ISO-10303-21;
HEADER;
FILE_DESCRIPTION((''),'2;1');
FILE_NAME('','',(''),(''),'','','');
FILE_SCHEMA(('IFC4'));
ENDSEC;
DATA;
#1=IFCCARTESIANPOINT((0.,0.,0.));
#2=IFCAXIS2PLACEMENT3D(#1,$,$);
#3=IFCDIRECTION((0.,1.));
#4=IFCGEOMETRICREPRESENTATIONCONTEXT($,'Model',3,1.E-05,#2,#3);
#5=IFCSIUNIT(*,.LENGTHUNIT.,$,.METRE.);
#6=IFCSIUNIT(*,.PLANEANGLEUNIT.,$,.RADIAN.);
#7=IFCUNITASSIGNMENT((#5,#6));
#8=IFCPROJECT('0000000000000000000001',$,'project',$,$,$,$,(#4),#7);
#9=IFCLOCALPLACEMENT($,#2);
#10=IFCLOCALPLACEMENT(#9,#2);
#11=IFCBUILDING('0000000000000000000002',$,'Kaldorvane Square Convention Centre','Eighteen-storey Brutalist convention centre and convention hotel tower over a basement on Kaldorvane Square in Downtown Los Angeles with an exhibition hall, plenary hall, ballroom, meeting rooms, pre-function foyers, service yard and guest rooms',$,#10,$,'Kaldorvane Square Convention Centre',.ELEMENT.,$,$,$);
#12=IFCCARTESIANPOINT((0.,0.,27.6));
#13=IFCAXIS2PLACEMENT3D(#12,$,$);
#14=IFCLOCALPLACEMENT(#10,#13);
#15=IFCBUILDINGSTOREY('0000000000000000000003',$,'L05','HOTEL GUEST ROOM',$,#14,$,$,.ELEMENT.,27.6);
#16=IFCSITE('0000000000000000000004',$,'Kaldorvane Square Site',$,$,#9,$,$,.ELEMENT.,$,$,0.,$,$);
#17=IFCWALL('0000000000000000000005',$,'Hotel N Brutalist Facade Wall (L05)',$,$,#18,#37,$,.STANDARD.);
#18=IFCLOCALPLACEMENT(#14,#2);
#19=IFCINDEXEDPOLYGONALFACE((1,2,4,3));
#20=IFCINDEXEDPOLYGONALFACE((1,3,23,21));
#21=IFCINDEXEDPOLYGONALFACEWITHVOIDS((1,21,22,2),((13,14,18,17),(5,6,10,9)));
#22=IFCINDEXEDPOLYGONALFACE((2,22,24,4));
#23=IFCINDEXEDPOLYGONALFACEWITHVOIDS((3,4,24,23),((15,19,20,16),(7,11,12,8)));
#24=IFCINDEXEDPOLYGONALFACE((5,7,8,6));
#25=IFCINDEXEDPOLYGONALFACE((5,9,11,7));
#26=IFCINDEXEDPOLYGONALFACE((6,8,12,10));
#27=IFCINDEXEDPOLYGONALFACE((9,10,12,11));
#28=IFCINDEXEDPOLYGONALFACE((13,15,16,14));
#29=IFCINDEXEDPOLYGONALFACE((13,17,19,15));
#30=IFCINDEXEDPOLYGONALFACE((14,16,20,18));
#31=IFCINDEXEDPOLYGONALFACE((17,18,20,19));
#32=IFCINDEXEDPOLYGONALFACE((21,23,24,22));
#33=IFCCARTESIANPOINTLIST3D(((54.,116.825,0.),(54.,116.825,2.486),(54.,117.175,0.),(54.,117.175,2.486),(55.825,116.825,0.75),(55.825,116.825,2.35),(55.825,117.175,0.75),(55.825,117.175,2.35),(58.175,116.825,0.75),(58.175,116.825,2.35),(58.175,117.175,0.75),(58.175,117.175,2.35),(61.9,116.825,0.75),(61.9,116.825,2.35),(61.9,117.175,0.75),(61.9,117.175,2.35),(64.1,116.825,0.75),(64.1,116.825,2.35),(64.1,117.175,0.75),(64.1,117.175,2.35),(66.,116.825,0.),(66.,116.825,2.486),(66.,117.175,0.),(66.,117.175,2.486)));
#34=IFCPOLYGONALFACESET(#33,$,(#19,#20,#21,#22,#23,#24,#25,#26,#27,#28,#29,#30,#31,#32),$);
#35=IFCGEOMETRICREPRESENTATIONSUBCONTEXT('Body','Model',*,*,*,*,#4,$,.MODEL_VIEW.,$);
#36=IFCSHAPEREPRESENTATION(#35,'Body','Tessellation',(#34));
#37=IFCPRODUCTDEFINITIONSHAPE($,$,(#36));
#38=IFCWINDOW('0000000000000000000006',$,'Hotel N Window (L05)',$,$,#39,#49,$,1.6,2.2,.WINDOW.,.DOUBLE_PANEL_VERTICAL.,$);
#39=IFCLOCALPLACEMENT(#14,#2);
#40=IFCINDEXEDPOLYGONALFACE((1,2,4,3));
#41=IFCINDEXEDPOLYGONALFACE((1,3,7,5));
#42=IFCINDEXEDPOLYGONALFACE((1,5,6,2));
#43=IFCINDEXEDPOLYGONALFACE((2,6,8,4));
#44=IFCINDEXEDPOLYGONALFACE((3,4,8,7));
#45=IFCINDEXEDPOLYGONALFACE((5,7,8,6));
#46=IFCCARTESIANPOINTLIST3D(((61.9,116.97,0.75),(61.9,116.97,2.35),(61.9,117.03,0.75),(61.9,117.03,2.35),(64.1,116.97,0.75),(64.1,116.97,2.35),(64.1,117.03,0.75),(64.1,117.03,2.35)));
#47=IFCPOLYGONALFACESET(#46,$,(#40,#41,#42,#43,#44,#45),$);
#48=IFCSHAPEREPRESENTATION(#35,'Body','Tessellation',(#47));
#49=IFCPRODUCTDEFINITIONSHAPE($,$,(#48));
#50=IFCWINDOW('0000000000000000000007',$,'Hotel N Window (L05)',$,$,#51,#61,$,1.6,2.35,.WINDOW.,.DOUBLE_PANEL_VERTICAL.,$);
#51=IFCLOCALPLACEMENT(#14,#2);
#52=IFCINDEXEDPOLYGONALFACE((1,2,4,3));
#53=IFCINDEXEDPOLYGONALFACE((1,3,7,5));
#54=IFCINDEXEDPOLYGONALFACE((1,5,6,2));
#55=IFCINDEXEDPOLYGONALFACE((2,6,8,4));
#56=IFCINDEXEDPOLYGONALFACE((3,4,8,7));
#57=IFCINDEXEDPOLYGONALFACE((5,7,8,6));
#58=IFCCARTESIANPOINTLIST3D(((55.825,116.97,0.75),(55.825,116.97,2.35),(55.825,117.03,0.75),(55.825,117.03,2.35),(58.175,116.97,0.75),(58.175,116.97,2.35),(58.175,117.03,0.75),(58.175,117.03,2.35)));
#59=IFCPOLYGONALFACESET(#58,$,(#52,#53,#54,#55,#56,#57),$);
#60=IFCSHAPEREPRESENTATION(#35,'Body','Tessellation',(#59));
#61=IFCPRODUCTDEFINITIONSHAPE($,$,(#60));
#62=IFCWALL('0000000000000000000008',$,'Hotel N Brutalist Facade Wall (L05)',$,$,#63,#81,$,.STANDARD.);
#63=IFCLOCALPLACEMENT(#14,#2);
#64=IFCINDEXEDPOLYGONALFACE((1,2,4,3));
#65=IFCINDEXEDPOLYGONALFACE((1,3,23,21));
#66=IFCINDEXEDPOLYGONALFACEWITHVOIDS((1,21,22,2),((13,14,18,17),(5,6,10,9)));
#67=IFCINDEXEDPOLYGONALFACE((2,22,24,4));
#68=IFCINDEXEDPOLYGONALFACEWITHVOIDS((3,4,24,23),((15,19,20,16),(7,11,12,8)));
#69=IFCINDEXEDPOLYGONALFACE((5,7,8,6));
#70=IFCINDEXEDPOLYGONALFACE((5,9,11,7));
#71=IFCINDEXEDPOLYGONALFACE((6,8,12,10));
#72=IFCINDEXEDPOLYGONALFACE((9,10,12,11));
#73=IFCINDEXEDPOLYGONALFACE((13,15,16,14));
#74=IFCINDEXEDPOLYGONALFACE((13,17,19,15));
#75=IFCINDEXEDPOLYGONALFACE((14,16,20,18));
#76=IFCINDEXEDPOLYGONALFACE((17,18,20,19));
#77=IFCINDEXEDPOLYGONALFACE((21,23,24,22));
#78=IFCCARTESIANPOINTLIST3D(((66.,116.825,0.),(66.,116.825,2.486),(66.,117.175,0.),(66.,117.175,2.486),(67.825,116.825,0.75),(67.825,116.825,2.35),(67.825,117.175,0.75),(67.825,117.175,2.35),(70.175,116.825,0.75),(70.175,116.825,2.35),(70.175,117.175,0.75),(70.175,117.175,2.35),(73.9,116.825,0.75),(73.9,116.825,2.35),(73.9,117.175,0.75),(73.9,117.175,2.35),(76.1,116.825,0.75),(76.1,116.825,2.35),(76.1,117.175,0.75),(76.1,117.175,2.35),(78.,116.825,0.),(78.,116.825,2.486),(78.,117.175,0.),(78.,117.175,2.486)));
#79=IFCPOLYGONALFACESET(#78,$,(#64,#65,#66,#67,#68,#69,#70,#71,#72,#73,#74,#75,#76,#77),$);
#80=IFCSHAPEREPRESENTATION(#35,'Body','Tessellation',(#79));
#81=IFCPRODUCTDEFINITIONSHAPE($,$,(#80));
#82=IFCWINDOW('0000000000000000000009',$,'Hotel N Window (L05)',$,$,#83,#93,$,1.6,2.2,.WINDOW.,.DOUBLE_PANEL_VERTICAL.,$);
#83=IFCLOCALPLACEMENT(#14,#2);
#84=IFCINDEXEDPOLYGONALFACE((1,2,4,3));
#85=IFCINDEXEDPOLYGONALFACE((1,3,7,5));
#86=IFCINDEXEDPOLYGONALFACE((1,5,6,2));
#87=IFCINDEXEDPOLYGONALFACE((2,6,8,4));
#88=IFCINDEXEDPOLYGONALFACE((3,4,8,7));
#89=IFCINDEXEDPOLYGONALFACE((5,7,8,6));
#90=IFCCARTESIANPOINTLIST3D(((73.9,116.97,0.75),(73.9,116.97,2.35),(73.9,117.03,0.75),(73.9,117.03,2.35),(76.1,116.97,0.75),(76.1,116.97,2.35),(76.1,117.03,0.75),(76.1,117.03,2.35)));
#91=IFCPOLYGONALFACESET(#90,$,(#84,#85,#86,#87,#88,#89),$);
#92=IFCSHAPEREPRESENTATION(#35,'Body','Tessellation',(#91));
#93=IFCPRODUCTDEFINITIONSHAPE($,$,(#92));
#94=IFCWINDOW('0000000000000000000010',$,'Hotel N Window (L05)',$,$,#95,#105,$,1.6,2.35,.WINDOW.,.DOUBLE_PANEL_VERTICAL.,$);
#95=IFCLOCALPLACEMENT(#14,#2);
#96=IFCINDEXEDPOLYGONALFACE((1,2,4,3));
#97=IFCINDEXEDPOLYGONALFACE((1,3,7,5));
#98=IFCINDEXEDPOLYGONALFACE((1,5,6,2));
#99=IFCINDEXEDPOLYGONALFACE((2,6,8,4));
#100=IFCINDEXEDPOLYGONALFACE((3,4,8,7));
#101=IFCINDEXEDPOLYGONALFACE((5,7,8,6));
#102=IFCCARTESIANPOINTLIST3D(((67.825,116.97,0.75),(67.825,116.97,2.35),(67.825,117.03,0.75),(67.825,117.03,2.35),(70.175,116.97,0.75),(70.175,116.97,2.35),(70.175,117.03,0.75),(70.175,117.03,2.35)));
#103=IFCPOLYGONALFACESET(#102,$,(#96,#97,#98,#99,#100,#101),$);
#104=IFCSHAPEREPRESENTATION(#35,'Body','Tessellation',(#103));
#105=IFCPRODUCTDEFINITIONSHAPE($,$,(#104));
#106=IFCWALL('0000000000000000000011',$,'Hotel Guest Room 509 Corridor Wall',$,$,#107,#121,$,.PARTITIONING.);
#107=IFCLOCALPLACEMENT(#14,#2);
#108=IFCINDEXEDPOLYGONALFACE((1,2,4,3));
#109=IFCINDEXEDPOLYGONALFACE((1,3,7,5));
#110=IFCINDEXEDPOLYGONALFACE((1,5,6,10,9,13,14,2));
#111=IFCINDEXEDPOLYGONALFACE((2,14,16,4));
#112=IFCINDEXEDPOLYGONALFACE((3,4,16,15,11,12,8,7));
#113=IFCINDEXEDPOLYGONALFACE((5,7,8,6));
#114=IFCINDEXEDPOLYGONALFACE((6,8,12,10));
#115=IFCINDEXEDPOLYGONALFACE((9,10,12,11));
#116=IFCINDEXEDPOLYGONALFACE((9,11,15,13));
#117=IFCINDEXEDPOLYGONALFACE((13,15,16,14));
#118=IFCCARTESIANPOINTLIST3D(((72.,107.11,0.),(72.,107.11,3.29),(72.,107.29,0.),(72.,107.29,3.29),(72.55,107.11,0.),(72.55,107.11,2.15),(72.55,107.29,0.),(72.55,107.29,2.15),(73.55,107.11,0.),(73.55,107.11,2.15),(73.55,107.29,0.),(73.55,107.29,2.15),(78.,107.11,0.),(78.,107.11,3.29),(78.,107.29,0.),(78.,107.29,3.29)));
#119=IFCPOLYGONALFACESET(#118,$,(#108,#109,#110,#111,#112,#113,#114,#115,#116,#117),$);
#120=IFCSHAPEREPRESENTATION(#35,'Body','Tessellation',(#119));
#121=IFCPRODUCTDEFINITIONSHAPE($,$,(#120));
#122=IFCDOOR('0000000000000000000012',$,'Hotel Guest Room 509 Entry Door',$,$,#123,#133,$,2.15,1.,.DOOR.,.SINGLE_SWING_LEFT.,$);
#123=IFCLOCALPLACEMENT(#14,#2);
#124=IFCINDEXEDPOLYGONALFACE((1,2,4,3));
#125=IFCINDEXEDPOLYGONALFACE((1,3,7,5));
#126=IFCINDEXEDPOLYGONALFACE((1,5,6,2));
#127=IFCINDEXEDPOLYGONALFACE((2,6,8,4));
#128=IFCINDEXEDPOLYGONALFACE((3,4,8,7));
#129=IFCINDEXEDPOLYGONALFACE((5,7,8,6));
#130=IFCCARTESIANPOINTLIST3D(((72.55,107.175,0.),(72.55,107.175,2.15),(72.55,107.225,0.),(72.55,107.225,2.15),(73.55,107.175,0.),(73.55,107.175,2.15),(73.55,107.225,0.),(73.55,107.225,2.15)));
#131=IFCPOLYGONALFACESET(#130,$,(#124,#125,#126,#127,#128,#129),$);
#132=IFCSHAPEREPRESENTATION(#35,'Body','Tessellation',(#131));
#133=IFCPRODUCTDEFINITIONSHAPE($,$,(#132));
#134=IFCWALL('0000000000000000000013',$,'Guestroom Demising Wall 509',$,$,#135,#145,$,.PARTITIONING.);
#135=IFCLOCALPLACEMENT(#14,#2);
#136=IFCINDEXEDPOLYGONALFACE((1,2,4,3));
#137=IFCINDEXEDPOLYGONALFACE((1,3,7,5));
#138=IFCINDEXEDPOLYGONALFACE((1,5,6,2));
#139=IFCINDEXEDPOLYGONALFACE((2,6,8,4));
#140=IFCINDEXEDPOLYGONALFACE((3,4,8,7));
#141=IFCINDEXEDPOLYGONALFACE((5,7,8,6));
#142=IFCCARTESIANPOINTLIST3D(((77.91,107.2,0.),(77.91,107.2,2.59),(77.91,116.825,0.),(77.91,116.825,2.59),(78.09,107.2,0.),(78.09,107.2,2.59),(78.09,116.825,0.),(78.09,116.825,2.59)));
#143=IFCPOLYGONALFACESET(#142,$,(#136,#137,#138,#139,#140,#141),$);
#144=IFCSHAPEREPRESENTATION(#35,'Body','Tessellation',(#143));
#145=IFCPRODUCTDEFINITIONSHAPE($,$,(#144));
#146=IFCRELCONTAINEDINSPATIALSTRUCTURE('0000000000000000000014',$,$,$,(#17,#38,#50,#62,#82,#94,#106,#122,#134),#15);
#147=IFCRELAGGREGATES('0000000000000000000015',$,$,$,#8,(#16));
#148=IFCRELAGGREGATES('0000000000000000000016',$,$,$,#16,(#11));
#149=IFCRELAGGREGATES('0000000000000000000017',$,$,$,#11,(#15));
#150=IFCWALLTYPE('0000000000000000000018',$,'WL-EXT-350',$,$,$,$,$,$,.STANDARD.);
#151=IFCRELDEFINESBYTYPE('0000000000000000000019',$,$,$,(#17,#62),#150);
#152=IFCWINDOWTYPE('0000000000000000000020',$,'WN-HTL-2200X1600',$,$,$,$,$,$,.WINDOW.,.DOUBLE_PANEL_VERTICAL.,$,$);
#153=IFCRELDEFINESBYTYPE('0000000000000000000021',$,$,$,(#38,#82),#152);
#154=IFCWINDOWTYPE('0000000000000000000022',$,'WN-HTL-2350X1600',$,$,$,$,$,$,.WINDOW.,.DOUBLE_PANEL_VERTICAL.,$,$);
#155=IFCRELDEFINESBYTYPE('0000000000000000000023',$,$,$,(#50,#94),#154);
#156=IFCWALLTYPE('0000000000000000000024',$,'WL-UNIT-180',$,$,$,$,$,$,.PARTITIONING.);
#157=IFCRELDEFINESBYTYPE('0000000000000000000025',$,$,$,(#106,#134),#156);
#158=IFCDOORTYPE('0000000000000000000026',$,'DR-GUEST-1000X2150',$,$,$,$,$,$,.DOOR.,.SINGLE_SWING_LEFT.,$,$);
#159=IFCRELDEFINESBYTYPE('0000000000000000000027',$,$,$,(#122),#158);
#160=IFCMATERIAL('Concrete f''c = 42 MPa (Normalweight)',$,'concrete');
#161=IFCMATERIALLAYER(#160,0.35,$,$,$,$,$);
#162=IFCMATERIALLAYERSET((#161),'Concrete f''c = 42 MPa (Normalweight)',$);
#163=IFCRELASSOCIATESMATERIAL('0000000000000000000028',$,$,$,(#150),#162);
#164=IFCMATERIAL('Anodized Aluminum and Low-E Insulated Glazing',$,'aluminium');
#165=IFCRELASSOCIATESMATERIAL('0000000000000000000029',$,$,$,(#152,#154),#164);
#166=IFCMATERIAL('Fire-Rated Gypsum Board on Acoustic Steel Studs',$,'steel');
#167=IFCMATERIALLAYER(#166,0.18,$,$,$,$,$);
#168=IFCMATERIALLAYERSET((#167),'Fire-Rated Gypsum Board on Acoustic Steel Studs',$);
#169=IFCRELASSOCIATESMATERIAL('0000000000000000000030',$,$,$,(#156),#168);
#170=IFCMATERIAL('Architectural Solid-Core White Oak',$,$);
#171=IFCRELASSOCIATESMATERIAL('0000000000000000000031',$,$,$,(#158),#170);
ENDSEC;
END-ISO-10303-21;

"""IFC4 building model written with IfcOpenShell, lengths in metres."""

from ifc_helpers import new_model, si_unit, direction, frame, frame_2d, origin, place, context, subcontext, project, spatial, rectangle, extrude, material, layer, layer_set, type_object, element, fill, save


model = new_model("IFC4")

# Units and contexts
model_context = context("Model", 3, precision=1e-05, world=origin(), true_north=direction((0.0, 1.0)))
body_context = subcontext(model_context, "Body", "Model", "MODEL_VIEW")
ifc_project = project(units=[si_unit("LENGTHUNIT", "METRE"), si_unit("PLANEANGLEUNIT", "RADIAN")], contexts=[model_context])

# Site, building, storey
site_placement = place(None, origin())
site = spatial("IfcSite", under=ifc_project, at=site_placement, Name="Kaldorvane Square Site", CompositionType="ELEMENT", RefElevation=0.0)
building_placement = place(site_placement, origin())
building = spatial("IfcBuilding", under=site, at=building_placement, Name="Kaldorvane Square Convention Centre", Description="Eighteen-storey Brutalist convention centre and convention hotel tower over a basement on Kaldorvane Square in Downtown Los Angeles with an exhibition hall, plenary hall, ballroom, meeting rooms, pre-function foyers, service yard and guest rooms", LongName="Kaldorvane Square Convention Centre", CompositionType="ELEMENT")
storey_placement = place(building_placement, frame((0.0, 0.0, 27.6)))
storey = spatial("IfcBuildingStorey", under=building, at=storey_placement, Name="L05", Description="HOTEL GUEST ROOM", CompositionType="ELEMENT", Elevation=27.6)

# Shared definitions
ifc_material_1 = material(Name="Concrete f'c = 42 MPa (Normalweight)", Category="concrete")

# Shared definitions
ifc_material_2 = material(Name="Fire-Rated Gypsum Board on Acoustic Steel Studs", Category="steel")
ifc_material_3 = material(Name="Architectural Solid-Core White Oak")

# Walls, openings, windows
ifc_layer_1 = layer(ifc_material_1, 0.35)
ifc_layer_set_1 = layer_set([ifc_layer_1], Name="Concrete f'c = 42 MPa (Normalweight)")
wall_type_1 = type_object("IfcWallType", Name="WL-EXT-350", PredefinedType="STANDARD", material=ifc_layer_set_1)
wall_1_placement = place(storey_placement, frame((66.0, 117.0, 0.0), z_axis=(0.0, 0.0, 1.0), x_axis=(-1.0, 0.0, 0.0)))
wall_1 = element("IfcWall", 1, at=wall_1_placement, inside=storey, type_object=wall_type_1, Name="Hotel N Brutalist Facade Wall (L05)", PredefinedType="STANDARD", context=body_context, shape_type="SweptSolid", body=[
    extrude(rectangle(XDim=12.0, YDim=0.35, at=frame_2d((6.0, 0.0))), origin(), (0.0, 0.0, 1.0), 2.486),
])
opening_1_placement = place(wall_1_placement, frame((1.9, 0.0, 0.75)))
opening_1 = element("IfcOpeningElement", 2, at=opening_1_placement, cuts=wall_1, PredefinedType="OPENING", context=body_context, shape_type="SweptSolid", body=[
    extrude(rectangle(XDim=2.2, YDim=1.6, at=frame_2d((1.1, 0.8))), frame((0.0, 0.19, 0.0), z_axis=(0.0, -1.0, 0.0), x_axis=(1.0, 0.0, 0.0)), (0.0, 0.0, 1.0), 0.38),
])
opening_2_placement = place(wall_1_placement, frame((7.825, 0.0, 0.75)))
opening_2 = element("IfcOpeningElement", 3, at=opening_2_placement, cuts=wall_1, PredefinedType="OPENING", context=body_context, shape_type="SweptSolid", body=[
    extrude(rectangle(XDim=2.35, YDim=1.6, at=frame_2d((1.175, 0.8))), frame((0.0, 0.19, 0.0), z_axis=(0.0, -1.0, 0.0), x_axis=(1.0, 0.0, 0.0)), (0.0, 0.0, 1.0), 0.38),
])
ifc_material_4 = material(Name="Anodized Aluminum and Low-E Insulated Glazing", Category="aluminium")
window_type_1 = type_object("IfcWindowType", Name="WN-HTL-2200X1600", PartitioningType="DOUBLE_PANEL_VERTICAL", PredefinedType="WINDOW", material=ifc_material_4)
window_1_placement = place(opening_1_placement, origin())
window_1 = element("IfcWindow", 4, at=window_1_placement, inside=storey, type_object=window_type_1, Name="Hotel N Window (L05)", OverallHeight=1.6, OverallWidth=2.2, PartitioningType="DOUBLE_PANEL_VERTICAL", PredefinedType="WINDOW", context=body_context, shape_type="SweptSolid", body=[
    extrude(rectangle(XDim=2.2, YDim=1.6, at=frame_2d((1.1, 0.8))), frame((0.0, 0.03, 0.0), z_axis=(0.0, -1.0, 0.0), x_axis=(1.0, 0.0, 0.0)), (0.0, 0.0, 1.0), 0.06),
])
fill(opening_1, window_1)
window_type_2 = type_object("IfcWindowType", Name="WN-HTL-2350X1600", PartitioningType="DOUBLE_PANEL_VERTICAL", PredefinedType="WINDOW", material=ifc_material_4)
window_2_placement = place(opening_2_placement, origin())
window_2 = element("IfcWindow", 5, at=window_2_placement, inside=storey, type_object=window_type_2, Name="Hotel N Window (L05)", OverallHeight=1.6, OverallWidth=2.35, PartitioningType="DOUBLE_PANEL_VERTICAL", PredefinedType="WINDOW", context=body_context, shape_type="SweptSolid", body=[
    extrude(rectangle(XDim=2.35, YDim=1.6, at=frame_2d((1.175, 0.8))), frame((0.0, 0.03, 0.0), z_axis=(0.0, -1.0, 0.0), x_axis=(1.0, 0.0, 0.0)), (0.0, 0.0, 1.0), 0.06),
])
fill(opening_2, window_2)
wall_2_placement = place(storey_placement, frame((78.0, 117.0, 0.0), z_axis=(0.0, 0.0, 1.0), x_axis=(-1.0, 0.0, 0.0)))
wall_2 = element("IfcWall", 6, at=wall_2_placement, inside=storey, type_object=wall_type_1, Name="Hotel N Brutalist Facade Wall (L05)", PredefinedType="STANDARD", context=body_context, shape_type="SweptSolid", body=[
    extrude(rectangle(XDim=12.0, YDim=0.35, at=frame_2d((6.0, 0.0))), origin(), (0.0, 0.0, 1.0), 2.486),
])
opening_3_placement = place(wall_2_placement, frame((1.9, 0.0, 0.75)))
opening_3 = element("IfcOpeningElement", 7, at=opening_3_placement, cuts=wall_2, PredefinedType="OPENING", context=body_context, shape_type="SweptSolid", body=[
    extrude(rectangle(XDim=2.2, YDim=1.6, at=frame_2d((1.1, 0.8))), frame((0.0, 0.19, 0.0), z_axis=(0.0, -1.0, 0.0), x_axis=(1.0, 0.0, 0.0)), (0.0, 0.0, 1.0), 0.38),
])
opening_4_placement = place(wall_2_placement, frame((7.825, 0.0, 0.75)))
opening_4 = element("IfcOpeningElement", 8, at=opening_4_placement, cuts=wall_2, PredefinedType="OPENING", context=body_context, shape_type="SweptSolid", body=[
    extrude(rectangle(XDim=2.35, YDim=1.6, at=frame_2d((1.175, 0.8))), frame((0.0, 0.19, 0.0), z_axis=(0.0, -1.0, 0.0), x_axis=(1.0, 0.0, 0.0)), (0.0, 0.0, 1.0), 0.38),
])
window_3_placement = place(opening_3_placement, origin())
window_3 = element("IfcWindow", 9, at=window_3_placement, inside=storey, type_object=window_type_1, Name="Hotel N Window (L05)", OverallHeight=1.6, OverallWidth=2.2, PartitioningType="DOUBLE_PANEL_VERTICAL", PredefinedType="WINDOW", context=body_context, shape_type="SweptSolid", body=[
    extrude(rectangle(XDim=2.2, YDim=1.6, at=frame_2d((1.1, 0.8))), frame((0.0, 0.03, 0.0), z_axis=(0.0, -1.0, 0.0), x_axis=(1.0, 0.0, 0.0)), (0.0, 0.0, 1.0), 0.06),
])
fill(opening_3, window_3)
window_4_placement = place(opening_4_placement, origin())
window_4 = element("IfcWindow", 10, at=window_4_placement, inside=storey, type_object=window_type_2, Name="Hotel N Window (L05)", OverallHeight=1.6, OverallWidth=2.35, PartitioningType="DOUBLE_PANEL_VERTICAL", PredefinedType="WINDOW", context=body_context, shape_type="SweptSolid", body=[
    extrude(rectangle(XDim=2.35, YDim=1.6, at=frame_2d((1.175, 0.8))), frame((0.0, 0.03, 0.0), z_axis=(0.0, -1.0, 0.0), x_axis=(1.0, 0.0, 0.0)), (0.0, 0.0, 1.0), 0.06),
])
fill(opening_4, window_4)

# Wall, opening, door
ifc_layer_2 = layer(ifc_material_2, 0.18)
ifc_layer_set_2 = layer_set([ifc_layer_2], Name="Fire-Rated Gypsum Board on Acoustic Steel Studs")
wall_type_2 = type_object("IfcWallType", Name="WL-UNIT-180", PredefinedType="PARTITIONING", material=ifc_layer_set_2)
wall_3_placement = place(storey_placement, frame((72.0, 107.2, 0.0), z_axis=(0.0, 0.0, 1.0), x_axis=(1.0, 0.0, 0.0)))
wall_3 = element("IfcWall", 11, at=wall_3_placement, inside=storey, type_object=wall_type_2, Name="Hotel Guest Room 509 Corridor Wall", PredefinedType="PARTITIONING", context=body_context, shape_type="SweptSolid", body=[
    extrude(rectangle(XDim=6.0, YDim=0.18, at=frame_2d((3.0, 0.0))), origin(), (0.0, 0.0, 1.0), 3.29),
])
opening_5_placement = place(wall_3_placement, frame((0.55, 0.0, 0.0)))
opening_5 = element("IfcOpeningElement", 12, at=opening_5_placement, cuts=wall_3, PredefinedType="OPENING", context=body_context, shape_type="SweptSolid", body=[
    extrude(rectangle(XDim=1.0, YDim=2.15, at=frame_2d((0.5, 1.075))), frame((0.0, 0.105, 0.0), z_axis=(0.0, -1.0, 0.0), x_axis=(1.0, 0.0, 0.0)), (0.0, 0.0, 1.0), 0.21),
])
door_type_1 = type_object("IfcDoorType", Name="DR-GUEST-1000X2150", OperationType="SINGLE_SWING_LEFT", PredefinedType="DOOR", material=ifc_material_3)
door_1_placement = place(opening_5_placement, origin())
door_1 = element("IfcDoor", 13, at=door_1_placement, inside=storey, type_object=door_type_1, Name="Hotel Guest Room 509 Entry Door", OperationType="SINGLE_SWING_LEFT", OverallHeight=2.15, OverallWidth=1.0, PredefinedType="DOOR", context=body_context, shape_type="SweptSolid", body=[
    extrude(rectangle(XDim=1.0, YDim=2.15, at=frame_2d((0.5, 1.075))), frame((0.0, 0.025, 0.0), z_axis=(0.0, -1.0, 0.0), x_axis=(1.0, 0.0, 0.0)), (0.0, 0.0, 1.0), 0.05),
])
fill(opening_5, door_1)

# Wall
wall_4_placement = place(storey_placement, frame((78.0, 107.2, 0.0), z_axis=(0.0, 0.0, 1.0), x_axis=(0.0, 1.0, 0.0)))
element("IfcWall", 14, at=wall_4_placement, inside=storey, type_object=wall_type_2, Name="Guestroom Demising Wall 509", PredefinedType="PARTITIONING", context=body_context, shape_type="SweptSolid", body=[
    extrude(rectangle(XDim=9.625, YDim=0.18, at=frame_2d((4.8125, 0.0))), origin(), (0.0, 0.0, 1.0), 2.59),
])

save(model, "model.ifc")
